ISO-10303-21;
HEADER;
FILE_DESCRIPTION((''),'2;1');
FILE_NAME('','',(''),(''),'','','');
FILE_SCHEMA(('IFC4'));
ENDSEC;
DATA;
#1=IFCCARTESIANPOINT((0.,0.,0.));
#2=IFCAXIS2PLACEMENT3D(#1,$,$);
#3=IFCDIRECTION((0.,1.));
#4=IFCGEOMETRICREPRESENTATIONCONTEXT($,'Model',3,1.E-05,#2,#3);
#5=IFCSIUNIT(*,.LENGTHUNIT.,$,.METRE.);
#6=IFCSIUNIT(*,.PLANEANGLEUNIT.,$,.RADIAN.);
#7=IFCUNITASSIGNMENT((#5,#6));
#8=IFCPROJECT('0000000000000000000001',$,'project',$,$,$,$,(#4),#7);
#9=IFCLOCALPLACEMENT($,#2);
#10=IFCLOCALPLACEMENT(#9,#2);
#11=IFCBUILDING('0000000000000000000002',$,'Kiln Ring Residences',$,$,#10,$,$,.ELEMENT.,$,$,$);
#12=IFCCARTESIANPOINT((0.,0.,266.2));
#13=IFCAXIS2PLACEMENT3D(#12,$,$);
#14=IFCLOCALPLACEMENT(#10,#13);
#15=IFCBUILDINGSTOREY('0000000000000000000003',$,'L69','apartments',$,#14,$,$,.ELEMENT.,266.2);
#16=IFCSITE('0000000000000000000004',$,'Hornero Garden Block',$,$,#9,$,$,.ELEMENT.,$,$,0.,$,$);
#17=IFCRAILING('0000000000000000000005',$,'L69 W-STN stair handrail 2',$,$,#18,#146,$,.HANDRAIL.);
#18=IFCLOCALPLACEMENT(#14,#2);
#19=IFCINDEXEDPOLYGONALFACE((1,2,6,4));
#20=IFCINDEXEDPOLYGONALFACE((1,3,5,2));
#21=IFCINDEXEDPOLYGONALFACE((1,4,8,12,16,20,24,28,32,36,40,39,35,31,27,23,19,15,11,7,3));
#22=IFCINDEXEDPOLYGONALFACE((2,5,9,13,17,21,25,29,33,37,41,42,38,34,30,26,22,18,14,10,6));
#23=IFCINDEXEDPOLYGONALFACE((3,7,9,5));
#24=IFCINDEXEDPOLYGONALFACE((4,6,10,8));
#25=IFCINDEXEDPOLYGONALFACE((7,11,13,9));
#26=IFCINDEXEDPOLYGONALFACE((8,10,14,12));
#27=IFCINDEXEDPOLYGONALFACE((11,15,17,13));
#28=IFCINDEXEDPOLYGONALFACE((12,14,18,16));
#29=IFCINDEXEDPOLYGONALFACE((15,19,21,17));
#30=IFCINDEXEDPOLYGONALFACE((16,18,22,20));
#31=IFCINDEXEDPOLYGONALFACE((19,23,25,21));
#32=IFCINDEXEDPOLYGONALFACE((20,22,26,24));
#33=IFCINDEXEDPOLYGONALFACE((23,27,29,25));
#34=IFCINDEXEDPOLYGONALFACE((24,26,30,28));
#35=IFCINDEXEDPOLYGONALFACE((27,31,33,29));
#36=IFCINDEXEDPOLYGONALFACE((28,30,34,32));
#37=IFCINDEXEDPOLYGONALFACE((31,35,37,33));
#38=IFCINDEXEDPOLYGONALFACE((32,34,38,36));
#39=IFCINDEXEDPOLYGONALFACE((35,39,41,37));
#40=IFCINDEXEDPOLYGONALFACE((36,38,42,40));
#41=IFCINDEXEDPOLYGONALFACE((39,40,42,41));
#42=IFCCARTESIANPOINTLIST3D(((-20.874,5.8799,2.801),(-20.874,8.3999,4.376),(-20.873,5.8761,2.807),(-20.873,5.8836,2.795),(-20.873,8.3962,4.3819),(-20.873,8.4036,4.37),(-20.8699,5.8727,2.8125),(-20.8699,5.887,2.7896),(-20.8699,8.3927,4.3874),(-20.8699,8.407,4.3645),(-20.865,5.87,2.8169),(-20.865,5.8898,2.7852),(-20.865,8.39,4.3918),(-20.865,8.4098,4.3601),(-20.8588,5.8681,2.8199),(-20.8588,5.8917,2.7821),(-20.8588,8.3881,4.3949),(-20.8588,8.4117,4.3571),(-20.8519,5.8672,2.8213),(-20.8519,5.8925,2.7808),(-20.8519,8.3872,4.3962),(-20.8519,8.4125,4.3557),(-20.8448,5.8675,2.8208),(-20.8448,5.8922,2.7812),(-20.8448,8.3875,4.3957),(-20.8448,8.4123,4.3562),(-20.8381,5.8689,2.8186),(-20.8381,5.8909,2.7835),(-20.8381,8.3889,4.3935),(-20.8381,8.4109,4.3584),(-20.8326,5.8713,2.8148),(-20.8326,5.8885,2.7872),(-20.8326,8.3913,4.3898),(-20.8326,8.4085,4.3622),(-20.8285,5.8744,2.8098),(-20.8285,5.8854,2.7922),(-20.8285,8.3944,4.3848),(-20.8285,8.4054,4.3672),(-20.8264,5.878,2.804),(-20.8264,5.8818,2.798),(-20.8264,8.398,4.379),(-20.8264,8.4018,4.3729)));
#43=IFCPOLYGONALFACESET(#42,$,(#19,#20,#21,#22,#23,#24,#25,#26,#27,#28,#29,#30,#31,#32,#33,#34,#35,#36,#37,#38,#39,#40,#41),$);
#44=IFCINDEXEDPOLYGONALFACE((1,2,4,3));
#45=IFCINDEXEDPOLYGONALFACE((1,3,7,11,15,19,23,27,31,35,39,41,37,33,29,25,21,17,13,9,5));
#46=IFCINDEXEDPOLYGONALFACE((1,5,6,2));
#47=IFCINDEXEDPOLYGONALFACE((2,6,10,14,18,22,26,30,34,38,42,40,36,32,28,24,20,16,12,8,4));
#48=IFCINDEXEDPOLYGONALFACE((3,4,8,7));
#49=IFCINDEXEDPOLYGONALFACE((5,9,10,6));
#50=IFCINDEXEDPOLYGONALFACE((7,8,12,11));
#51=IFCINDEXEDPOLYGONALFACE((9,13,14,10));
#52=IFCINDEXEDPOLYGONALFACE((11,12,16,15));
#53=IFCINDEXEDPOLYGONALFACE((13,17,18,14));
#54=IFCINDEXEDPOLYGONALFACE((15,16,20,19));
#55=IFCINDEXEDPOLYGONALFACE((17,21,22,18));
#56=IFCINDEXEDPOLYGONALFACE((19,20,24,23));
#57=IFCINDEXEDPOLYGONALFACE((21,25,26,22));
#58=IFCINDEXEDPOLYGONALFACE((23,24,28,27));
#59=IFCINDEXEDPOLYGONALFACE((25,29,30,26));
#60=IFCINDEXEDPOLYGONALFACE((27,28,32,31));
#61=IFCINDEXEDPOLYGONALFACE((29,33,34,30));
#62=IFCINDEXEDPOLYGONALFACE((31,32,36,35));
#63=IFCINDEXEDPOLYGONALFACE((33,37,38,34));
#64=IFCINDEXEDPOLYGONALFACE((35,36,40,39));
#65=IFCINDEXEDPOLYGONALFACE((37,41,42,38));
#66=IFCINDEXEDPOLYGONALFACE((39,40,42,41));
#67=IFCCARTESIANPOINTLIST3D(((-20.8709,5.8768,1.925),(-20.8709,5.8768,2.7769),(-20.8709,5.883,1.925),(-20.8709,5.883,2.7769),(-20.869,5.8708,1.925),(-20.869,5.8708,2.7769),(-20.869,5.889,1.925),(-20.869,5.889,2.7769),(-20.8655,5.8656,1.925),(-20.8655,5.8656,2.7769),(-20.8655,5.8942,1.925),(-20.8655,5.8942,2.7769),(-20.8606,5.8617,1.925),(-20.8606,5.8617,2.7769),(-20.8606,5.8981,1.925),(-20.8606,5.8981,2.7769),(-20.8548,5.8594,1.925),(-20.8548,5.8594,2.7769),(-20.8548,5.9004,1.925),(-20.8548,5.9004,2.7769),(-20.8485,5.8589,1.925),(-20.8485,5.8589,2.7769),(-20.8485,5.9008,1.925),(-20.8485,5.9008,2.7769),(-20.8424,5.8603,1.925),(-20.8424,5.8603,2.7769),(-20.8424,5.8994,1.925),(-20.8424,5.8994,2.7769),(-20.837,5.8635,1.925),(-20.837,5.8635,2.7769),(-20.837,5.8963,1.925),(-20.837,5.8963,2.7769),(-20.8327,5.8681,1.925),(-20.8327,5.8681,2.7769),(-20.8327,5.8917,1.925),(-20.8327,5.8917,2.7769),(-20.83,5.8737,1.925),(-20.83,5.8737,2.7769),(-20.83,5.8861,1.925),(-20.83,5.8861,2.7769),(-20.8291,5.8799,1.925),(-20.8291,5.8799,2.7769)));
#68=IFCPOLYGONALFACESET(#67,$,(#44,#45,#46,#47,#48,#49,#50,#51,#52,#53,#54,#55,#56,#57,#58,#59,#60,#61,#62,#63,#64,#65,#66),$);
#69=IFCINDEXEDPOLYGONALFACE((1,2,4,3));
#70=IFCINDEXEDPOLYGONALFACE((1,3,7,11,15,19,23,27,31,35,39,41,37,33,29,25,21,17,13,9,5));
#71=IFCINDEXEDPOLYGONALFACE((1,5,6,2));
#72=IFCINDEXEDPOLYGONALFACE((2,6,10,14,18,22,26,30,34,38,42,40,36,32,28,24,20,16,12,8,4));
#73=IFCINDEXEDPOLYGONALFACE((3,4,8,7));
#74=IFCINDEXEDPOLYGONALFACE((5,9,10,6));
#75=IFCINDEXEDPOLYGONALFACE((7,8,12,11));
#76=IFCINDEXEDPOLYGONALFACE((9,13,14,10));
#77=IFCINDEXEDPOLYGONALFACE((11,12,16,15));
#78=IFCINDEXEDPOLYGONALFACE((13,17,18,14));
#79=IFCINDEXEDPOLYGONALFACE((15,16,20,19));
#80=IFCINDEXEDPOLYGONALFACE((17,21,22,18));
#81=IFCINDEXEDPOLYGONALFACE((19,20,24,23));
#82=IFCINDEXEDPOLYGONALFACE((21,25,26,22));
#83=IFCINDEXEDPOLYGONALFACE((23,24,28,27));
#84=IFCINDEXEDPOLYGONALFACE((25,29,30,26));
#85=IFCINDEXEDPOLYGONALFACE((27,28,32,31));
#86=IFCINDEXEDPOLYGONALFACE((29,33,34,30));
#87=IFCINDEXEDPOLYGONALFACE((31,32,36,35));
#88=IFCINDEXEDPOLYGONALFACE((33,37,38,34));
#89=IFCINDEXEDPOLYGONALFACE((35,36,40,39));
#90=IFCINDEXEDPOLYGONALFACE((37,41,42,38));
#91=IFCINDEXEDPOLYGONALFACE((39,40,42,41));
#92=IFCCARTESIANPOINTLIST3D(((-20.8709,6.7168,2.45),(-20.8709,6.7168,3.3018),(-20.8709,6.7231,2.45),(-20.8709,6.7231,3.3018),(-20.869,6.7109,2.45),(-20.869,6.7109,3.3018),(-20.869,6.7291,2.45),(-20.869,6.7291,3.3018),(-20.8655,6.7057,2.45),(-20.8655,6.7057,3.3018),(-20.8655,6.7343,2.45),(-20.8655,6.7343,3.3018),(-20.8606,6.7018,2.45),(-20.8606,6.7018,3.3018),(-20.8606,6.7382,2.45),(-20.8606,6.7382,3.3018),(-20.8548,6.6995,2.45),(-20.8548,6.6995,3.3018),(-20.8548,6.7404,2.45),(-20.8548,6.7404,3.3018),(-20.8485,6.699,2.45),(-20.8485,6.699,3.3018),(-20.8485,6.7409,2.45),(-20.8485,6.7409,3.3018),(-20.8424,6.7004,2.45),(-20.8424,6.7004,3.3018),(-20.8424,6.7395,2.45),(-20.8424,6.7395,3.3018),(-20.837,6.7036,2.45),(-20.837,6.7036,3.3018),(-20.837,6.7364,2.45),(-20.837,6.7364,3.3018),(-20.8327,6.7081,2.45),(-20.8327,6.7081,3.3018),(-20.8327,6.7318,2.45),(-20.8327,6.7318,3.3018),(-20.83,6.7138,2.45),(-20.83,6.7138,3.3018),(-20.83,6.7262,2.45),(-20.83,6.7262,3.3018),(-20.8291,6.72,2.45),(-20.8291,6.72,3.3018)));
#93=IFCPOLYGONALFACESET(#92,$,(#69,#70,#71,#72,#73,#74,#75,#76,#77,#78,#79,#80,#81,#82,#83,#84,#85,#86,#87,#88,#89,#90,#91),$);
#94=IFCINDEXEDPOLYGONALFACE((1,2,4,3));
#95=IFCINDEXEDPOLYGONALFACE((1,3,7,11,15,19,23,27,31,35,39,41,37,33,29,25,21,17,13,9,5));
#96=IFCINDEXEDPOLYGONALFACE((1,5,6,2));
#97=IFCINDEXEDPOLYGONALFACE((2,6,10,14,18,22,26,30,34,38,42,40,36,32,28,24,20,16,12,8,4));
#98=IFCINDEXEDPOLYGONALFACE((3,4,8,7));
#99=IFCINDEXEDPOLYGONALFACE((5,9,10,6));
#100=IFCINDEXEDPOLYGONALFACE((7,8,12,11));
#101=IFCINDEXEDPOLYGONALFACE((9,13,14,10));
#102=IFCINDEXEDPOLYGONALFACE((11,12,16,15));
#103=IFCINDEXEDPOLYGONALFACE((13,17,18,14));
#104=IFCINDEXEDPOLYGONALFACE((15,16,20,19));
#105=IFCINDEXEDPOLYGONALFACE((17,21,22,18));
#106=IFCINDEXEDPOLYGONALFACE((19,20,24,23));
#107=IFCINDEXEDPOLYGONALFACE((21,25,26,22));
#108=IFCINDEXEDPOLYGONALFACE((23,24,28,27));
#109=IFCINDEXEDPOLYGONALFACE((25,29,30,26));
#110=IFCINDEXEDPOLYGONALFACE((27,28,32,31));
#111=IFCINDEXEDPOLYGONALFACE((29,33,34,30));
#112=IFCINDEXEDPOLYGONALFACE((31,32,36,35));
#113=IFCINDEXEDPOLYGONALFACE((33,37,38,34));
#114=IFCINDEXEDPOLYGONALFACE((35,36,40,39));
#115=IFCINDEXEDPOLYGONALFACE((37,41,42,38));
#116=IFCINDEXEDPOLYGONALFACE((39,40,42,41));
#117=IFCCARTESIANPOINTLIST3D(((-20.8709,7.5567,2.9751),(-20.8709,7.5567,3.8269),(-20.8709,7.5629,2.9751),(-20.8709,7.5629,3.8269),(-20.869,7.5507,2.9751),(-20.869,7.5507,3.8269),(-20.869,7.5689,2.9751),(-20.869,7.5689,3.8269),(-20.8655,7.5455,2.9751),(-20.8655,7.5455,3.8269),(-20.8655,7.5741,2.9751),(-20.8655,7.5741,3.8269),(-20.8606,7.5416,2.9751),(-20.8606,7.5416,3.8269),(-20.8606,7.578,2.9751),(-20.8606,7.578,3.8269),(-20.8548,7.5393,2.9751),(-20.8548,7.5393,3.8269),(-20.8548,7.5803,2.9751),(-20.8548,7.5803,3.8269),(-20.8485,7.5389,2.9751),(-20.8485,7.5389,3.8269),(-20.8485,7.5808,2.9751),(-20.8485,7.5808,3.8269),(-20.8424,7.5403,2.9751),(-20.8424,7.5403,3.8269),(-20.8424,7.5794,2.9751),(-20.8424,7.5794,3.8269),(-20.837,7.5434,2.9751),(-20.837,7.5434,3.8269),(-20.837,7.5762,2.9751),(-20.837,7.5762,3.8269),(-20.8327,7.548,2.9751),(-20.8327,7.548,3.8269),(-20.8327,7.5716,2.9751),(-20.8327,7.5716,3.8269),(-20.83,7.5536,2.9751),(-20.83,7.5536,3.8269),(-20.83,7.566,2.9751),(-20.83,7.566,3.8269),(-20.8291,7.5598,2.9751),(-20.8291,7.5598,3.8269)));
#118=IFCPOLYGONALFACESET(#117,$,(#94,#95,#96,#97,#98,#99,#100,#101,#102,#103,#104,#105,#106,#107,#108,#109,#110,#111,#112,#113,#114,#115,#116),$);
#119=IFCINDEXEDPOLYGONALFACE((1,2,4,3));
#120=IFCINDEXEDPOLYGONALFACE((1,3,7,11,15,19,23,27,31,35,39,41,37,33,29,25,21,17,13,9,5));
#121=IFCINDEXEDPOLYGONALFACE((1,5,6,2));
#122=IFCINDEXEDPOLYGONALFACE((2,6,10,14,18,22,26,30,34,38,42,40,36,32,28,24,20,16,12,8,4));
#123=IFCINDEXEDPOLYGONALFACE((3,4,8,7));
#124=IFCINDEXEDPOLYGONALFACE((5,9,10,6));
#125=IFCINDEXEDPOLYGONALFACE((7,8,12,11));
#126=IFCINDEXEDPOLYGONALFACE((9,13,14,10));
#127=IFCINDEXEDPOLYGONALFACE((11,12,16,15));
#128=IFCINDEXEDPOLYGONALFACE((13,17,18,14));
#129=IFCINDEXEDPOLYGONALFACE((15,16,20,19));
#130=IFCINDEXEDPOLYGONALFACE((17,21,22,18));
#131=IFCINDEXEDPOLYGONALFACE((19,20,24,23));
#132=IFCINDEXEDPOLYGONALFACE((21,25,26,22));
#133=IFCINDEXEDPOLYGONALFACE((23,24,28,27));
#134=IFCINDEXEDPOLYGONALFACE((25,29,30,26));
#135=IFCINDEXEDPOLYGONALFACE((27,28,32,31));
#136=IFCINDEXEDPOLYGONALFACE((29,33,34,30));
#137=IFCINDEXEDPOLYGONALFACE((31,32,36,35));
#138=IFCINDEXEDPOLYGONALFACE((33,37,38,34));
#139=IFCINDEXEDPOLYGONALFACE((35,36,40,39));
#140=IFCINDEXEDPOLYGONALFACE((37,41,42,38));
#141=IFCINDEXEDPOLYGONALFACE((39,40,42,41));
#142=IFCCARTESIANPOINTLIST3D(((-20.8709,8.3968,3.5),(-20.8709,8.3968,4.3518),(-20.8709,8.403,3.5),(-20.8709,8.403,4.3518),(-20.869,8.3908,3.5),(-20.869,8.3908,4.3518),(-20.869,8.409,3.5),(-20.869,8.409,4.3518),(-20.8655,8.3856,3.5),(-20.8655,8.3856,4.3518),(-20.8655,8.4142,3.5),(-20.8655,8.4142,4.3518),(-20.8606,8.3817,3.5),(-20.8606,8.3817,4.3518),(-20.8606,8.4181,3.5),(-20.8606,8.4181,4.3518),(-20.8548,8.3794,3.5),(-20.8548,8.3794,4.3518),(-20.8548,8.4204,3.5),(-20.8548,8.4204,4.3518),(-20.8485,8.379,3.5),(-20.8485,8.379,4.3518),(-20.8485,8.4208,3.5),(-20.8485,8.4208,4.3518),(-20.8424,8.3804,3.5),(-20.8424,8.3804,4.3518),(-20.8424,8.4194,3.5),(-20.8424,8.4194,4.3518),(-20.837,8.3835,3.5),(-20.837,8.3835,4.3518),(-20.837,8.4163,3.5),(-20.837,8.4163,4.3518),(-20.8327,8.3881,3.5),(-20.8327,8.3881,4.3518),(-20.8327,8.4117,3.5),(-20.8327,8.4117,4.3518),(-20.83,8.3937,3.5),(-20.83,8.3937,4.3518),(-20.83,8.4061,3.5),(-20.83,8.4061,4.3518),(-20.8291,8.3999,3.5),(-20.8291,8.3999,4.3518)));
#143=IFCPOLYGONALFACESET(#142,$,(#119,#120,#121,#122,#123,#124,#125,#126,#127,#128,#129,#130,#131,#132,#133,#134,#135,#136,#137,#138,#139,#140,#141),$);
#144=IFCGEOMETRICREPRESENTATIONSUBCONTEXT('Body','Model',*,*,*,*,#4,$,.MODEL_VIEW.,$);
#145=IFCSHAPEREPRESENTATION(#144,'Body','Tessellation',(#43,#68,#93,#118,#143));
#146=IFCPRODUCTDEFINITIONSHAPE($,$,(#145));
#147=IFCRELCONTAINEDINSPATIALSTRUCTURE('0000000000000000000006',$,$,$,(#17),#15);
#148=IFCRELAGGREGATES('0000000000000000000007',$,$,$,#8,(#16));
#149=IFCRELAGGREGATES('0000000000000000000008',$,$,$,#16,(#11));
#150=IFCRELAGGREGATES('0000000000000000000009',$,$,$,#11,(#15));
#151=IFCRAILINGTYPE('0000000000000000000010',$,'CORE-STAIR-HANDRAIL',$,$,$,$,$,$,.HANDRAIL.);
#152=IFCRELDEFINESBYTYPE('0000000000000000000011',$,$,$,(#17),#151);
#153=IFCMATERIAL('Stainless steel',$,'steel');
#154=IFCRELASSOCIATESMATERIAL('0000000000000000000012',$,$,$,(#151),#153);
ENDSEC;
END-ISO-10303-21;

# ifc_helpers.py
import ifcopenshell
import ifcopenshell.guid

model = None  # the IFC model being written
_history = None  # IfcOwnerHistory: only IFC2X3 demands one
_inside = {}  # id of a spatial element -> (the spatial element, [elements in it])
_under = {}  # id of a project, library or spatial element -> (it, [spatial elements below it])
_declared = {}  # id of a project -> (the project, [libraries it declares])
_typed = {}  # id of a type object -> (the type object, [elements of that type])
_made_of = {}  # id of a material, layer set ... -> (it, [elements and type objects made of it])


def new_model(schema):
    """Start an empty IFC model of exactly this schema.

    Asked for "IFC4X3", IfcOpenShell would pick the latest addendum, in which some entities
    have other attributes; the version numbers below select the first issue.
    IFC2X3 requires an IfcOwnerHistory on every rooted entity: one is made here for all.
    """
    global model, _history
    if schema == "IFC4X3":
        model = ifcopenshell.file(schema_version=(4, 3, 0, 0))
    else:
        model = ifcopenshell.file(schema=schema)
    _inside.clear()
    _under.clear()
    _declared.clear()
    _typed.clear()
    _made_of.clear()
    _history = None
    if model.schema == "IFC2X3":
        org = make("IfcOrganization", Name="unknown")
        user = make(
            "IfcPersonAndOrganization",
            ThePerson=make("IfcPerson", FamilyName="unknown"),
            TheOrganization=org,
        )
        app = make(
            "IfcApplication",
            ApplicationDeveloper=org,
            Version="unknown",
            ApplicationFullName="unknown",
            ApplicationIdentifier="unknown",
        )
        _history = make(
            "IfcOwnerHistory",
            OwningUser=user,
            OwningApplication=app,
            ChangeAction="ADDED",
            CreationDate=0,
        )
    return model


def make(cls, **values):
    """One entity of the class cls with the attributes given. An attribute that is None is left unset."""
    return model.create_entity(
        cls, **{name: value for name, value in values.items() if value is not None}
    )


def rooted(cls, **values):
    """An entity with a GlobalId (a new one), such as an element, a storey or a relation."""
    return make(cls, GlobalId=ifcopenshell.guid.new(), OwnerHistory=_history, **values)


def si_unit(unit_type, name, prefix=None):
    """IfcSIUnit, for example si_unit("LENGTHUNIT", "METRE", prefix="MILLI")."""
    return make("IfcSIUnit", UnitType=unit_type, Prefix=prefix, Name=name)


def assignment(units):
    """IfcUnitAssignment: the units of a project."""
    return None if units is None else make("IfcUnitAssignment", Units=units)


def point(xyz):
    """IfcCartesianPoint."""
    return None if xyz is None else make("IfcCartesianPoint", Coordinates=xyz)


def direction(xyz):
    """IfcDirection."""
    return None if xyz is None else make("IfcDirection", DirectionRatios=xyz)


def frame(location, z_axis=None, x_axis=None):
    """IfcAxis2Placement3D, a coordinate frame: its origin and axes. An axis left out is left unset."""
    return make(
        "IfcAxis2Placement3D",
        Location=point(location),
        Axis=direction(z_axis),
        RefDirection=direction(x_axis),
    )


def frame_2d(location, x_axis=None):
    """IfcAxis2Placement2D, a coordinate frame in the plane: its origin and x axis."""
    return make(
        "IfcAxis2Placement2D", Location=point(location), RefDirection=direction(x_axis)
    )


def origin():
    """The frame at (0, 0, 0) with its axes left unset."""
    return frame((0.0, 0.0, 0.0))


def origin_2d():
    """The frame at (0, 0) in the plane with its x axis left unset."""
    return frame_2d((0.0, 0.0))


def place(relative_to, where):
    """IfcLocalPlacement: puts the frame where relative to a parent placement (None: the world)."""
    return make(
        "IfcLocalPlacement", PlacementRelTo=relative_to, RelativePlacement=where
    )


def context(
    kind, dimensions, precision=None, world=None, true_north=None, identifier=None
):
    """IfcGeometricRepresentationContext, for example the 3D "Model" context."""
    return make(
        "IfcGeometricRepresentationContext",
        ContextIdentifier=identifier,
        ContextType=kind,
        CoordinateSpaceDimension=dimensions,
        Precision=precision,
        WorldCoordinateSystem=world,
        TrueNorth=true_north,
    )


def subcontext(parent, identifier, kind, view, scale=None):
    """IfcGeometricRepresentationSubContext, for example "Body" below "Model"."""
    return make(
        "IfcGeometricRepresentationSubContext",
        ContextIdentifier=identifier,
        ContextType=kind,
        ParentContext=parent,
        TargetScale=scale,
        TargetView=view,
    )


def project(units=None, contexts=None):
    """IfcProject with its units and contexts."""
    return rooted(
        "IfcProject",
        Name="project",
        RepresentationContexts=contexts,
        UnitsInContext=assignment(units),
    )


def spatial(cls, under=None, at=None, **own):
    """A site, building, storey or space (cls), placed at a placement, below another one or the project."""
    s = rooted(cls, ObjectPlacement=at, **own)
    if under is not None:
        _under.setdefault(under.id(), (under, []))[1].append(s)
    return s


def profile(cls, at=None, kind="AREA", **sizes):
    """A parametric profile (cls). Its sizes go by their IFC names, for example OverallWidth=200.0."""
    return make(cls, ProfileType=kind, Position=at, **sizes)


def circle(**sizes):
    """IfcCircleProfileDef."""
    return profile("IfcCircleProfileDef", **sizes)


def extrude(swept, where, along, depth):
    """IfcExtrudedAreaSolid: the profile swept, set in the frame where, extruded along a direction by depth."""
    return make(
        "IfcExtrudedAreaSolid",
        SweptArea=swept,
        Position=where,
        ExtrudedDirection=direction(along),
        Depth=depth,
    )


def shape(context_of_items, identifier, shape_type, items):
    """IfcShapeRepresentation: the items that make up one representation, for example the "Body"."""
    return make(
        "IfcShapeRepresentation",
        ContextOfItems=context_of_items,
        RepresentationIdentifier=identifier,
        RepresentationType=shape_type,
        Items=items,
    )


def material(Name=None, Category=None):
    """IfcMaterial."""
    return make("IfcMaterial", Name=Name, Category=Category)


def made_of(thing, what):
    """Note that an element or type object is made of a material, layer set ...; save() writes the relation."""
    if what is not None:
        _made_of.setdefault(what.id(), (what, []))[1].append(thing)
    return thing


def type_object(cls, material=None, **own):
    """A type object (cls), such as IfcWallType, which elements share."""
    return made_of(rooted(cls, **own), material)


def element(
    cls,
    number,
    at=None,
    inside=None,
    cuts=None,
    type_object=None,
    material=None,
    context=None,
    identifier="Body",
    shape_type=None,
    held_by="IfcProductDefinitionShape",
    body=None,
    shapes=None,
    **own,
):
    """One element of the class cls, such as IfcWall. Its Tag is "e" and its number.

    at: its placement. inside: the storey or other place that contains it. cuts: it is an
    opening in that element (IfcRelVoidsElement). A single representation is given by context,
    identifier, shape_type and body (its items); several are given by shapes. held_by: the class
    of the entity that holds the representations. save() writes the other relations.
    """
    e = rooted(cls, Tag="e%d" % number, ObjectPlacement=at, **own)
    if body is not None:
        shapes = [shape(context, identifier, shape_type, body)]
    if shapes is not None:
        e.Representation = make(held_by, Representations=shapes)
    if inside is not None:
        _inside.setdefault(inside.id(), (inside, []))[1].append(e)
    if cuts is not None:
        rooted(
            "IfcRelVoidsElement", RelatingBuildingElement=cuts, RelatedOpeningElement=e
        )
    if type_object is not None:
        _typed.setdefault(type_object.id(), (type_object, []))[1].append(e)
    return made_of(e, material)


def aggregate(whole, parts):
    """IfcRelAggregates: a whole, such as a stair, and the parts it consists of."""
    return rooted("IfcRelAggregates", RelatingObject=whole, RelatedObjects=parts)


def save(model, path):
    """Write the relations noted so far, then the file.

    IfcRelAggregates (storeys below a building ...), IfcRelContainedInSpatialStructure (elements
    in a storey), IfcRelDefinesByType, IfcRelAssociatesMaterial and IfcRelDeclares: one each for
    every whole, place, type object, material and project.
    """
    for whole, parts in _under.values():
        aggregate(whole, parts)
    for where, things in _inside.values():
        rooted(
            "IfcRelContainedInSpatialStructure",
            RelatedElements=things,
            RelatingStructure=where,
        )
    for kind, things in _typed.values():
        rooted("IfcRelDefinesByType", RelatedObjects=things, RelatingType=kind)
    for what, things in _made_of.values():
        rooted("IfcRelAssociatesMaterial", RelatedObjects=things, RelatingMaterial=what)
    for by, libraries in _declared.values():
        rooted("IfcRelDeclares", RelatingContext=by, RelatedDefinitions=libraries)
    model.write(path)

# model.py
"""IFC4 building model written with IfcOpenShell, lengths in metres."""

from ifc_helpers import new_model, si_unit, direction, frame, origin, origin_2d, place, context, subcontext, project, spatial, circle, extrude, material, type_object, element, save


model = new_model("IFC4")

# Units and contexts
model_context = context("Model", 3, precision=1e-05, world=origin(), true_north=direction((0.0, 1.0)))
body_context = subcontext(model_context, "Body", "Model", "MODEL_VIEW")
ifc_project = project(units=[si_unit("LENGTHUNIT", "METRE"), si_unit("PLANEANGLEUNIT", "RADIAN")], contexts=[model_context])

# Site, building, storey
site_placement = place(None, origin())
site = spatial("IfcSite", under=ifc_project, at=site_placement, Name="Hornero Garden Block", CompositionType="ELEMENT", RefElevation=0.0)
building_placement = place(site_placement, origin())
building = spatial("IfcBuilding", under=site, at=building_placement, Name="Kiln Ring Residences", CompositionType="ELEMENT")
storey_placement = place(building_placement, frame((0.0, 0.0, 266.2)))
storey = spatial("IfcBuildingStorey", under=building, at=storey_placement, Name="L69", Description="apartments", CompositionType="ELEMENT", Elevation=266.2)

# Railing
ifc_material_1 = material(Name="Stainless steel", Category="steel")
railing_type_1 = type_object("IfcRailingType", Name="CORE-STAIR-HANDRAIL", PredefinedType="HANDRAIL", material=ifc_material_1)
railing_1_placement = place(storey_placement, frame((-20.8501, 5.8799, 1.925)))
element("IfcRailing", 1, at=railing_1_placement, inside=storey, type_object=railing_type_1, Name="L69 W-STN stair handrail 2", PredefinedType="HANDRAIL", context=body_context, shape_type="SweptSolid", body=[
    extrude(circle(Radius=0.0239, at=origin_2d()), frame((0.0, 0.0, 0.876), z_axis=(0.0, 0.848008, 0.529984), x_axis=(-1.0, 0.0, 0.0)), (0.0, 0.0, 1.0), 2.9717),
    extrude(circle(Radius=0.021, at=origin_2d()), origin(), (0.0, 0.0, 1.0), 0.8518),
    extrude(circle(Radius=0.021, at=origin_2d()), frame((0.0, 0.8401, 0.5249)), (0.0, 0.0, 1.0), 0.8518),
    extrude(circle(Radius=0.021, at=origin_2d()), frame((0.0, 1.6799, 1.05)), (0.0, 0.0, 1.0), 0.8518),
    extrude(circle(Radius=0.021, at=origin_2d()), frame((0.0, 2.52, 1.575)), (0.0, 0.0, 1.0), 0.8518),
])

save(model, "model.ifc")
